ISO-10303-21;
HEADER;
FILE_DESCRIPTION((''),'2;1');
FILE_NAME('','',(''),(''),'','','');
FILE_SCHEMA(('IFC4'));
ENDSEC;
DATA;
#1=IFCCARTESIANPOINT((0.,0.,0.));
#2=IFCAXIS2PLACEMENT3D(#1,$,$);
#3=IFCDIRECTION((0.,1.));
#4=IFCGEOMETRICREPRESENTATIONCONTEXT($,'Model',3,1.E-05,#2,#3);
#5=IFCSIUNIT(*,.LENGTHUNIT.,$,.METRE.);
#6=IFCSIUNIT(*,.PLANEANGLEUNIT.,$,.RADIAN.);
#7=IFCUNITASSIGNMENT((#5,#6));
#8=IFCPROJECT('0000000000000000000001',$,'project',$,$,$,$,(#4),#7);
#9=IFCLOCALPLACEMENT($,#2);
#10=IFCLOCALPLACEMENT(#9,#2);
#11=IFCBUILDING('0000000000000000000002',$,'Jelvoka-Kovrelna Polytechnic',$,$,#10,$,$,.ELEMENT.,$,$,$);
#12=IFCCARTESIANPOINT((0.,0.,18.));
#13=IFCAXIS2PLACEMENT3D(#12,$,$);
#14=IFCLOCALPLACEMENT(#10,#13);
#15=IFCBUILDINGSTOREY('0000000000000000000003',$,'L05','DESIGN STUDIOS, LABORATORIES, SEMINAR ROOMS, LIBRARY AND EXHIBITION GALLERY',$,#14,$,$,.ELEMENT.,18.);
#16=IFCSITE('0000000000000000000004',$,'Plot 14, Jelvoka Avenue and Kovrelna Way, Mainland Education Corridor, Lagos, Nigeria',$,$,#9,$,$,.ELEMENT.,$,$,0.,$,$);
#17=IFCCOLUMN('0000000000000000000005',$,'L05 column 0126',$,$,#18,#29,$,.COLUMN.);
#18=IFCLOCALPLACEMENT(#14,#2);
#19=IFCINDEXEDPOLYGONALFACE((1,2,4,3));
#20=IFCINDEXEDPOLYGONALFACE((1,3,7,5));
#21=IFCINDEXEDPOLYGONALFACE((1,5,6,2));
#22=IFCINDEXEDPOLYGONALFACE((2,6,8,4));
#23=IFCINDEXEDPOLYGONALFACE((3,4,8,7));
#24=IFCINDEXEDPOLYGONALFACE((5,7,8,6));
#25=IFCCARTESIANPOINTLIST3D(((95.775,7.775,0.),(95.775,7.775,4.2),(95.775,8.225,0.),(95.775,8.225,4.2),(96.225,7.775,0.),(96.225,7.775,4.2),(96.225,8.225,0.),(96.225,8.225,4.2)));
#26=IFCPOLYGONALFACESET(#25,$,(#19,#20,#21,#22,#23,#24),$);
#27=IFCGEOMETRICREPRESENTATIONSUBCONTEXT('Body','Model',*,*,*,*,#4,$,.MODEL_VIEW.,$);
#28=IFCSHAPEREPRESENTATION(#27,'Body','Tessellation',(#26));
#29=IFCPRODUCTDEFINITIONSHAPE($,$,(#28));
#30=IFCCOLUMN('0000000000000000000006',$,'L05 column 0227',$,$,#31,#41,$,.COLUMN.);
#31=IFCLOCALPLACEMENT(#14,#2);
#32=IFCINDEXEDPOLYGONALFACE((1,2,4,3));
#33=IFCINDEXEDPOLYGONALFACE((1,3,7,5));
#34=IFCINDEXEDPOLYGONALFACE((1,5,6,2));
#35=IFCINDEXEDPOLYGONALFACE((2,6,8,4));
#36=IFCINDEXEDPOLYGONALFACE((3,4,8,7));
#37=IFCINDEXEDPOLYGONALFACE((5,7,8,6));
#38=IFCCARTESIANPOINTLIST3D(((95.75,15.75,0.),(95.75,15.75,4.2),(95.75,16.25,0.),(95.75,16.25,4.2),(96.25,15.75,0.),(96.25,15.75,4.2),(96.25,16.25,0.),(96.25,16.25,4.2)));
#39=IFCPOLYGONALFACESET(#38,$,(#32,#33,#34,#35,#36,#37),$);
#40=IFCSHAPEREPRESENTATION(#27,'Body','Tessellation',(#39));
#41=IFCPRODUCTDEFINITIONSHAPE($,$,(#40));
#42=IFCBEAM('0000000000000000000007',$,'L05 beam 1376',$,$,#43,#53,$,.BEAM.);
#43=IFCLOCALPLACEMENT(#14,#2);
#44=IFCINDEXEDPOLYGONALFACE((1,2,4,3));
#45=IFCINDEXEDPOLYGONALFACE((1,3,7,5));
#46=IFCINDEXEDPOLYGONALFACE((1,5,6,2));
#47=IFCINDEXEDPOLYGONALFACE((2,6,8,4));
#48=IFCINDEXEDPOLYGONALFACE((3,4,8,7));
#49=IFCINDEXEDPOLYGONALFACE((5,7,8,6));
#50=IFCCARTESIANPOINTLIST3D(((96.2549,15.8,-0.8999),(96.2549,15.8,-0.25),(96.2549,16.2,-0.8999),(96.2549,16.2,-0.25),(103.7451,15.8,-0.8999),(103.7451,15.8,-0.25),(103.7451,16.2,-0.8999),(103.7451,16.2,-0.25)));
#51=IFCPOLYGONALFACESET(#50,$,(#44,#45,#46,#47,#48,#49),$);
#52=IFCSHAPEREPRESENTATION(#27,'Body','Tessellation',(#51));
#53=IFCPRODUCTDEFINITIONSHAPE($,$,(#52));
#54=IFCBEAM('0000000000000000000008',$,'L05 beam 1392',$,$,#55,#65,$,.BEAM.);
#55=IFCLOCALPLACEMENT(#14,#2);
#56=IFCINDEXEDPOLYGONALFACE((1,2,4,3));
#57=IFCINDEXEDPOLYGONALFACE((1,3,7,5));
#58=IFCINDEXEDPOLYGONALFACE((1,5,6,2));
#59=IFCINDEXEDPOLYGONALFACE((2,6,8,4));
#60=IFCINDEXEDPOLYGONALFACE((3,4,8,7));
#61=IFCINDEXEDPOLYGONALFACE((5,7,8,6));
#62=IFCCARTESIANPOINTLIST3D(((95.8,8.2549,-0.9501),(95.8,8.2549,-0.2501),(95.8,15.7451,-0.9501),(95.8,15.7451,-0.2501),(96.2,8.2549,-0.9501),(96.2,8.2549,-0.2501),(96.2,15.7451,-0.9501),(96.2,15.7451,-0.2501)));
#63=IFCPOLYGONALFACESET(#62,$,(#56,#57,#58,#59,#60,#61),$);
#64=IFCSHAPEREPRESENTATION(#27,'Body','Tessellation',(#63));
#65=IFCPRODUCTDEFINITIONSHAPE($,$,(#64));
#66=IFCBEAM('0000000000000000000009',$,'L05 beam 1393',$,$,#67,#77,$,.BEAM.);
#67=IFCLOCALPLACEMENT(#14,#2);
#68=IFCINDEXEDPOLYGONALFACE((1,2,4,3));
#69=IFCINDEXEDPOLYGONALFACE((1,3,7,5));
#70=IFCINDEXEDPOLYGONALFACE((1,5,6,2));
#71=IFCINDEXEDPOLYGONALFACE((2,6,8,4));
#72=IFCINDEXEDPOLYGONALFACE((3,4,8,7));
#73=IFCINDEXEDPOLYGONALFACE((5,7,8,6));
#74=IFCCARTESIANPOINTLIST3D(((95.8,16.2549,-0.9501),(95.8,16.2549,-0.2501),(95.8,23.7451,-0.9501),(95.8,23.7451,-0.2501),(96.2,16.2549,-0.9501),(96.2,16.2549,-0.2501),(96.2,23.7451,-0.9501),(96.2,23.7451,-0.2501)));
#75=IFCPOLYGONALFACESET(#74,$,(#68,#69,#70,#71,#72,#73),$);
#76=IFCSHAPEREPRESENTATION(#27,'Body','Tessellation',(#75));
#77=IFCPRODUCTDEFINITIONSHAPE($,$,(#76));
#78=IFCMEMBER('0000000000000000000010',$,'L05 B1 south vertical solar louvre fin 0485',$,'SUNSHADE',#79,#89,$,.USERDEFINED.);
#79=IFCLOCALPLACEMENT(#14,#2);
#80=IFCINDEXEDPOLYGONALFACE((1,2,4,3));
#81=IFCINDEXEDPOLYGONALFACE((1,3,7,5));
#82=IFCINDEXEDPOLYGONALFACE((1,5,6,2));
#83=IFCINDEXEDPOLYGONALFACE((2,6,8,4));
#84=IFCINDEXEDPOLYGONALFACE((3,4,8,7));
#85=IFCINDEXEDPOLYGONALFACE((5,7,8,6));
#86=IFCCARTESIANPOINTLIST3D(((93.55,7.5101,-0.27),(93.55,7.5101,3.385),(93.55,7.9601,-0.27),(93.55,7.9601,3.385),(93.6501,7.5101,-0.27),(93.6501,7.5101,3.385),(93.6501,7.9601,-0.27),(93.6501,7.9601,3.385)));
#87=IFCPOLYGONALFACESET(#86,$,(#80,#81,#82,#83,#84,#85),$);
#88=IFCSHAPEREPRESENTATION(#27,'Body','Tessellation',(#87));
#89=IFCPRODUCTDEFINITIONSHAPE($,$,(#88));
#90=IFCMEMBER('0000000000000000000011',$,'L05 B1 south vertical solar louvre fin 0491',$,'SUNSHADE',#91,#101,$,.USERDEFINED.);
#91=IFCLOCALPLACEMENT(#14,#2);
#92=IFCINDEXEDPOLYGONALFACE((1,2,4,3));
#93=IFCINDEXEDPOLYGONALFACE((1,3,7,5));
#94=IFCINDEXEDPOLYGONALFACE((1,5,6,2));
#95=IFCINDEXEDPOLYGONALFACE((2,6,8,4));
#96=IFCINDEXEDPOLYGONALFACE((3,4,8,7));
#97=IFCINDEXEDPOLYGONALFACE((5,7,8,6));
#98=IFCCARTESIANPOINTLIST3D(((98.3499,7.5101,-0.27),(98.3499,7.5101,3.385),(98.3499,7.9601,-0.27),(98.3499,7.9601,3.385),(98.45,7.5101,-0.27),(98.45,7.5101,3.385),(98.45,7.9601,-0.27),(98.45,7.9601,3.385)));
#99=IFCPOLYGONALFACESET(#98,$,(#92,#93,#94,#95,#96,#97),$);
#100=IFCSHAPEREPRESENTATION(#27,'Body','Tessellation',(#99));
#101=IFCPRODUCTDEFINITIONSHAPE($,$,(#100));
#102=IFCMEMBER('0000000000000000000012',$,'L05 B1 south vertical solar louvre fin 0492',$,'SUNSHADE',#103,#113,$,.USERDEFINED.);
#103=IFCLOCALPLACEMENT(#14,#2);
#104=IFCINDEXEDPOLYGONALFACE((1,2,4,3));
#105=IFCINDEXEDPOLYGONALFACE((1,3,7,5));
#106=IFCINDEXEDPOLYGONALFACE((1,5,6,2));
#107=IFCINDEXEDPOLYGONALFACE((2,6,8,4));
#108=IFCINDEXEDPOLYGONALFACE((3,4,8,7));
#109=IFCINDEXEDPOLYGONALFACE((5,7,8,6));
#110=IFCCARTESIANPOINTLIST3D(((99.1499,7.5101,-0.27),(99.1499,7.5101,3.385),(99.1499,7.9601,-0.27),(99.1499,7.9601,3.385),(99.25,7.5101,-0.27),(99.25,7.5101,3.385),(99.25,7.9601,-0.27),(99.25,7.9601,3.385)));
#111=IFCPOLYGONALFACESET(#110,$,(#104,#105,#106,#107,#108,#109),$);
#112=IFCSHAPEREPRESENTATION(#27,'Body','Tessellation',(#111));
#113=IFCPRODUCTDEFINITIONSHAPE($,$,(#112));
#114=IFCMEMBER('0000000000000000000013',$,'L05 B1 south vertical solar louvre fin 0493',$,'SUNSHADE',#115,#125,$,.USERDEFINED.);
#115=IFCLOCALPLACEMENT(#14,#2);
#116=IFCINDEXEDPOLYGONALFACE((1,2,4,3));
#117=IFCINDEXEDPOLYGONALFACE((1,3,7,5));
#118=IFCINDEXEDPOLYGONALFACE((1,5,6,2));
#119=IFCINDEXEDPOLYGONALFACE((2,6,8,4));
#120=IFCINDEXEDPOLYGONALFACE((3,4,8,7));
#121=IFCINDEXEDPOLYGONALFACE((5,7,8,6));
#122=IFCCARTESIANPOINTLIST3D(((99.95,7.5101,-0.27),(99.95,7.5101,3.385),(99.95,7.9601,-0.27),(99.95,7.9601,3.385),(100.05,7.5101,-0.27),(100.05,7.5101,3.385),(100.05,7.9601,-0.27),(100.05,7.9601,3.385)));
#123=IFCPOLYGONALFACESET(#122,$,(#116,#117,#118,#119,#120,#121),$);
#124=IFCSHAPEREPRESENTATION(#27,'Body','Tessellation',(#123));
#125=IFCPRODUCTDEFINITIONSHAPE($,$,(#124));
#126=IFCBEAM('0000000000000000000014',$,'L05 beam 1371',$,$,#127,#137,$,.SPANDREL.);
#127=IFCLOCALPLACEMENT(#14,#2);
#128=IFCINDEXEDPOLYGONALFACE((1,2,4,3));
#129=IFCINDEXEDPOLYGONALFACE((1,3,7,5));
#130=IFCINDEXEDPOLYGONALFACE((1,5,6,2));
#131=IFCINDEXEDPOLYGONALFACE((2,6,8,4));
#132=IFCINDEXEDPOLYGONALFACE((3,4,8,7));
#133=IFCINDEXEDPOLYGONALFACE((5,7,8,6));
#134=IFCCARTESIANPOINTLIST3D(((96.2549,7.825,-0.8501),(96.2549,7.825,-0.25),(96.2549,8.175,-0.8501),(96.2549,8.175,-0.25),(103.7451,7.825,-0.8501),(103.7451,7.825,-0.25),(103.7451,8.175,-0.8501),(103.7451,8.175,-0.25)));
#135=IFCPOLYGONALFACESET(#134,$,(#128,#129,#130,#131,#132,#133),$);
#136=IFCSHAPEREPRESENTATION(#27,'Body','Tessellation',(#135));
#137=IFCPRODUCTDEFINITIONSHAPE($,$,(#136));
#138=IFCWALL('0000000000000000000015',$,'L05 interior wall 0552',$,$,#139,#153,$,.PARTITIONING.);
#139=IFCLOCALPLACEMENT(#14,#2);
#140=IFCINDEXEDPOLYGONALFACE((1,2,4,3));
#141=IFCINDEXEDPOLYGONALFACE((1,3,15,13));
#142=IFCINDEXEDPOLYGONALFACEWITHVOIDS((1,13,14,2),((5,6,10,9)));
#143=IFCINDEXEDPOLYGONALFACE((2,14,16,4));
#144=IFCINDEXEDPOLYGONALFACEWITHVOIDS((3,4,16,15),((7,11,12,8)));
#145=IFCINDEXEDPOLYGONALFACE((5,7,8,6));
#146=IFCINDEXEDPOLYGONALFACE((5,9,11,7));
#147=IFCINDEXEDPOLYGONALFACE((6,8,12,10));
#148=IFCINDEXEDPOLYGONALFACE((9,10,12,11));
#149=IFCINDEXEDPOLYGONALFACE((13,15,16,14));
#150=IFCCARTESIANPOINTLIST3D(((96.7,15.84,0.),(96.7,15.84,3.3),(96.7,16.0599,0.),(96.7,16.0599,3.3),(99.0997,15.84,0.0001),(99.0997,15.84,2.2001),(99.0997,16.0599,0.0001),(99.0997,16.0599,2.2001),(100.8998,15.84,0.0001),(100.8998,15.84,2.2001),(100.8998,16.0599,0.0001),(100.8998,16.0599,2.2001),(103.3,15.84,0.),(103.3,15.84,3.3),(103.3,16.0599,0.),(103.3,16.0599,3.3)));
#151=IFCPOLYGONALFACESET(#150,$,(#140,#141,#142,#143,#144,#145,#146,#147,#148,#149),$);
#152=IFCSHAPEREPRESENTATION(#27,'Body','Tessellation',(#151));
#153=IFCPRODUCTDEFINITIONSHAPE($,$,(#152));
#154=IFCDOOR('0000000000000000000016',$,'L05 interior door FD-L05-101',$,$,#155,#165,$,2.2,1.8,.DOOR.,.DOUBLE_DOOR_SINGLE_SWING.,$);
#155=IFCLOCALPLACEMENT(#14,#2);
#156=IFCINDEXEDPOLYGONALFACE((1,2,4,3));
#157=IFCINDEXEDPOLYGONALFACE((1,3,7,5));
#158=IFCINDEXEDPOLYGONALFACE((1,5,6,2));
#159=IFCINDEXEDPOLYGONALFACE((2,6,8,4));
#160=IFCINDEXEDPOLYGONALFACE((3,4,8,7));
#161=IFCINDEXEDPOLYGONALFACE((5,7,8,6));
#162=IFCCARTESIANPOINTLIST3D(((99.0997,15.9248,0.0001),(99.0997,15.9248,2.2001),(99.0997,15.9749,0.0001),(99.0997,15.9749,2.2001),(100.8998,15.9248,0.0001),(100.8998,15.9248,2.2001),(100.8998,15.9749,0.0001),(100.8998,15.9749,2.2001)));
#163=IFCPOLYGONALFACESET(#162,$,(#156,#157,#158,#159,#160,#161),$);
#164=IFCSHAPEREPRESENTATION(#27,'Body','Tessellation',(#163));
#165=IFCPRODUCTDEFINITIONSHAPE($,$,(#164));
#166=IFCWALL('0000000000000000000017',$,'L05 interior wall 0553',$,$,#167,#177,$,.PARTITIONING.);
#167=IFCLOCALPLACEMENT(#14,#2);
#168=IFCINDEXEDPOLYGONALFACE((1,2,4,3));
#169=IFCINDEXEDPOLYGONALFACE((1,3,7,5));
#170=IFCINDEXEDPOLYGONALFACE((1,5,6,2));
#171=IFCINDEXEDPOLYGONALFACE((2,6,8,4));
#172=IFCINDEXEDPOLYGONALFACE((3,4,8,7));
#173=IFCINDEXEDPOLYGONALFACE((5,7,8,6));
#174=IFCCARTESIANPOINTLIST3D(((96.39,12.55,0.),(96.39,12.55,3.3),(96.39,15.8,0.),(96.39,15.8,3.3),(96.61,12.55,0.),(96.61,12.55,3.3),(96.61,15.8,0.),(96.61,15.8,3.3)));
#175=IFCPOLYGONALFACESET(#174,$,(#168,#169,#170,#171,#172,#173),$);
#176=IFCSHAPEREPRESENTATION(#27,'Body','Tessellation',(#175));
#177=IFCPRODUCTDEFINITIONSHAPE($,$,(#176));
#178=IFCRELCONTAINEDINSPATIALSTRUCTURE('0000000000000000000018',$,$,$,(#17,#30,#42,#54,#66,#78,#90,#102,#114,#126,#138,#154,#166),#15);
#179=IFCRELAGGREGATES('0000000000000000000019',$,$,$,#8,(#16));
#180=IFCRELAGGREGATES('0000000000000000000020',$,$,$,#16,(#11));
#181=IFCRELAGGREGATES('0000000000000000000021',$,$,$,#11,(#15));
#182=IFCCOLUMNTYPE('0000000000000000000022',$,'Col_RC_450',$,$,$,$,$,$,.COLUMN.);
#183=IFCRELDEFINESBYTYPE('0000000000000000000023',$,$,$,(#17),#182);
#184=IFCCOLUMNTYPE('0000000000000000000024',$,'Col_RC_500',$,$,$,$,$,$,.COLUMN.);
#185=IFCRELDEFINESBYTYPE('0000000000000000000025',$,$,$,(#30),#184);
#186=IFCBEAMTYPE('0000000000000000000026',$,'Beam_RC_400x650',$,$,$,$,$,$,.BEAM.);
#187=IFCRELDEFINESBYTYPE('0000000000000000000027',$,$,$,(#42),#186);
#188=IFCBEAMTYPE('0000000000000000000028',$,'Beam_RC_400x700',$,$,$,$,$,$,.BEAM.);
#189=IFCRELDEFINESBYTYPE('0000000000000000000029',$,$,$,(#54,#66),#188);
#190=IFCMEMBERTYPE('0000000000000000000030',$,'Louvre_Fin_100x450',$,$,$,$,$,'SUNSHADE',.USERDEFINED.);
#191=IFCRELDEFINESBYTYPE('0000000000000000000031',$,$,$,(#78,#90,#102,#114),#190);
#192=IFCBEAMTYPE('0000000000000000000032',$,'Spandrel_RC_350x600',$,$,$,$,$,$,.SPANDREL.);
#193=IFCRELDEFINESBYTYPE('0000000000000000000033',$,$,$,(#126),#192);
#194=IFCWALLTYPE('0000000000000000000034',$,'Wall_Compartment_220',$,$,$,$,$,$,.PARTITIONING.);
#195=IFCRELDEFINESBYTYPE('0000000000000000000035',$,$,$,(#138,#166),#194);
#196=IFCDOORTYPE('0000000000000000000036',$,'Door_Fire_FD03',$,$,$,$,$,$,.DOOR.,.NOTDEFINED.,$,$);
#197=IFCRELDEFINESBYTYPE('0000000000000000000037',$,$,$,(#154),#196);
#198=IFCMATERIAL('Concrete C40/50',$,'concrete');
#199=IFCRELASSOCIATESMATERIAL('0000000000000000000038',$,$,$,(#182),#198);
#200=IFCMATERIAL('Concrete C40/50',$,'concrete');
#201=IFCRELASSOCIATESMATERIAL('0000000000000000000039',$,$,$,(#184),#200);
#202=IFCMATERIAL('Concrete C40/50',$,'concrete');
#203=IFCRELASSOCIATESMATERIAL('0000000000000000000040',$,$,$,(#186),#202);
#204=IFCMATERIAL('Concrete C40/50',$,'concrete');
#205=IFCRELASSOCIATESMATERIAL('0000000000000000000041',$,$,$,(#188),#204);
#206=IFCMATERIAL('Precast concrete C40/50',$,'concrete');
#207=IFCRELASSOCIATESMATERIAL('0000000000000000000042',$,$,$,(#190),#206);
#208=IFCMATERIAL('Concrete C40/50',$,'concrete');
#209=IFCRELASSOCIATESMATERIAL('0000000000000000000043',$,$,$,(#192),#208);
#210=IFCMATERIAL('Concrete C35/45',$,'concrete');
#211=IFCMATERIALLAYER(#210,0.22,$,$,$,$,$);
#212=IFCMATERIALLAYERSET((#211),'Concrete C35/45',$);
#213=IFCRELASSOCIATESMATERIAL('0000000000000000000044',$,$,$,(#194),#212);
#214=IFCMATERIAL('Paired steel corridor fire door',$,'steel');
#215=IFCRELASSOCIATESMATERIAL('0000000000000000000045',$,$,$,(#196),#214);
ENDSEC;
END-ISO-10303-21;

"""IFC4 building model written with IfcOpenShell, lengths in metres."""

from ifc_helpers import new_model, si_unit, direction, frame, frame_2d, origin, origin_2d, place, context, subcontext, project, spatial, rectangle, extrude, material, layer, layer_set, material_profile, profile_set, type_object, element, fill, save


model = new_model("IFC4")

# Units and contexts
model_context = context("Model", 3, precision=1e-05, world=origin(), true_north=direction((0.0, 1.0)))
body_context = subcontext(model_context, "Body", "Model", "MODEL_VIEW")
ifc_project = project(units=[si_unit("LENGTHUNIT", "METRE"), si_unit("PLANEANGLEUNIT", "RADIAN")], contexts=[model_context])

# Site, building, storey
site_placement = place(None, origin())
site = spatial("IfcSite", under=ifc_project, at=site_placement, Name="Plot 14, Jelvoka Avenue and Kovrelna Way, Mainland Education Corridor, Lagos, Nigeria", CompositionType="ELEMENT", RefElevation=0.0)
building_placement = place(site_placement, origin())
building = spatial("IfcBuilding", under=site, at=building_placement, Name="Jelvoka-Kovrelna Polytechnic", CompositionType="ELEMENT")
storey_placement = place(building_placement, frame((0.0, 0.0, 18.0)))
storey = spatial("IfcBuildingStorey", under=building, at=storey_placement, Name="L05", Description="DESIGN STUDIOS, LABORATORIES, SEMINAR ROOMS, LIBRARY AND EXHIBITION GALLERY", CompositionType="ELEMENT", Elevation=18.0)

# Columns
ifc_material_1 = material(Name="Concrete C40/50", Category="concrete")
ifc_material_profile_1 = material_profile(ifc_material_1, rectangle(XDim=0.45, YDim=0.45, at=origin_2d()), Name="RC 450x450")
ifc_profile_set_1 = profile_set([ifc_material_profile_1], Name="Concrete C40/50")
column_type_1 = type_object("IfcColumnType", Name="Col_RC_450", PredefinedType="COLUMN", material=ifc_profile_set_1)
column_1_placement = place(storey_placement, frame((96.0, 8.0, 0.0), z_axis=(0.0, 0.0, 1.0), x_axis=(1.0, 0.0, 0.0)))
element("IfcColumn", 1, at=column_1_placement, inside=storey, type_object=column_type_1, Name="L05 column 0126", PredefinedType="COLUMN", context=body_context, shape_type="SweptSolid", body=[
    extrude(rectangle(XDim=0.45, YDim=0.45, at=origin_2d()), origin(), (0.0, 0.0, 1.0), 4.2),
])
ifc_material_2 = material(Name="Concrete C40/50", Category="concrete")
ifc_material_profile_2 = material_profile(ifc_material_2, rectangle(XDim=0.5, YDim=0.5, at=origin_2d()), Name="RC 500x500")
ifc_profile_set_2 = profile_set([ifc_material_profile_2], Name="Concrete C40/50")
column_type_2 = type_object("IfcColumnType", Name="Col_RC_500", PredefinedType="COLUMN", material=ifc_profile_set_2)
column_2_placement = place(storey_placement, frame((96.0, 16.0, 0.0), z_axis=(0.0, 0.0, 1.0), x_axis=(1.0, 0.0, 0.0)))
element("IfcColumn", 2, at=column_2_placement, inside=storey, type_object=column_type_2, Name="L05 column 0227", PredefinedType="COLUMN", context=body_context, shape_type="SweptSolid", body=[
    extrude(rectangle(XDim=0.5, YDim=0.5, at=origin_2d()), origin(), (0.0, 0.0, 1.0), 4.2),
])

# Beams
ifc_material_3 = material(Name="Concrete C40/50", Category="concrete")
ifc_material_profile_3 = material_profile(ifc_material_3, rectangle(XDim=0.3999, YDim=0.6499, at=origin_2d()), Name="RC 400x650")
ifc_profile_set_3 = profile_set([ifc_material_profile_3], Name="Concrete C40/50")
beam_type_1 = type_object("IfcBeamType", Name="Beam_RC_400x650", PredefinedType="BEAM", material=ifc_profile_set_3)
beam_1_placement = place(storey_placement, frame((96.2549, 16.0, -0.575), z_axis=(1.0, 0.0, 0.0), x_axis=(0.0, 1.0, 0.0)))
element("IfcBeam", 3, at=beam_1_placement, inside=storey, type_object=beam_type_1, Name="L05 beam 1376", PredefinedType="BEAM", context=body_context, shape_type="SweptSolid", body=[
    extrude(rectangle(XDim=0.3999, YDim=0.6499, at=origin_2d()), origin(), (0.0, 0.0, 1.0), 7.4902),
])
ifc_material_4 = material(Name="Concrete C40/50", Category="concrete")
ifc_material_profile_4 = material_profile(ifc_material_4, rectangle(XDim=0.3999, YDim=0.7, at=origin_2d()), Name="RC 400x700")
ifc_profile_set_4 = profile_set([ifc_material_profile_4], Name="Concrete C40/50")
beam_type_2 = type_object("IfcBeamType", Name="Beam_RC_400x700", PredefinedType="BEAM", material=ifc_profile_set_4)
for number, where, z_axis, x_axis, name in (
    (4, (96.0, 8.2549, -0.6001), (0.0, 1.0, 0.0), (-1.0, 0.0, 0.0), "L05 beam 1392"),
    (5, (96.0, 16.2549, -0.6001), (0.0, 1.0, 0.0), (-1.0, 0.0, 0.0), "L05 beam 1393"),
):
    element("IfcBeam", number, at=place(storey_placement, frame(where, z_axis=z_axis, x_axis=x_axis)), inside=storey, type_object=beam_type_2, Name=name, PredefinedType="BEAM", context=body_context, shape_type="SweptSolid", body=[
        extrude(rectangle(XDim=0.3999, YDim=0.7, at=origin_2d()), origin(), (0.0, 0.0, 1.0), 7.4902),
    ])

# Members
ifc_material_5 = material(Name="Precast concrete C40/50", Category="concrete")
ifc_material_profile_5 = material_profile(ifc_material_5, rectangle(XDim=0.1001, YDim=0.45, at=origin_2d()), Name="PC 100x450")
ifc_profile_set_5 = profile_set([ifc_material_profile_5], Name="Precast concrete C40/50")
member_type = type_object("IfcMemberType", Name="Louvre_Fin_100x450", ElementType="SUNSHADE", PredefinedType="USERDEFINED", material=ifc_profile_set_5)
for number, where, z_axis, x_axis, name in (
    (6, (93.6001, 7.7351, -0.27), (0.0, 0.0, 1.0), (1.0, 0.0, 0.0), "L05 B1 south vertical solar louvre fin 0485"),
    (7, (98.3999, 7.7351, -0.27), (0.0, 0.0, 1.0), (1.0, 0.0, 0.0), "L05 B1 south vertical solar louvre fin 0491"),
    (8, (99.2, 7.7351, -0.27), (0.0, 0.0, 1.0), (1.0, 0.0, 0.0), "L05 B1 south vertical solar louvre fin 0492"),
    (9, (100.0, 7.7351, -0.27), (0.0, 0.0, 1.0), (1.0, 0.0, 0.0), "L05 B1 south vertical solar louvre fin 0493"),
):
    element("IfcMember", number, at=place(storey_placement, frame(where, z_axis=z_axis, x_axis=x_axis)), inside=storey, type_object=member_type, Name=name, ObjectType="SUNSHADE", PredefinedType="USERDEFINED", context=body_context, shape_type="SweptSolid", body=[
        extrude(rectangle(XDim=0.1001, YDim=0.45, at=origin_2d()), origin(), (0.0, 0.0, 1.0), 3.655),
    ])

# Beam
ifc_material_6 = material(Name="Concrete C40/50", Category="concrete")
ifc_material_profile_6 = material_profile(ifc_material_6, rectangle(XDim=0.3501, YDim=0.6001, at=origin_2d()), Name="RC 350x600")
ifc_profile_set_6 = profile_set([ifc_material_profile_6], Name="Concrete C40/50")
beam_type_3 = type_object("IfcBeamType", Name="Spandrel_RC_350x600", PredefinedType="SPANDREL", material=ifc_profile_set_6)
beam_2_placement = place(storey_placement, frame((96.2549, 8.0, -0.55), z_axis=(1.0, 0.0, 0.0), x_axis=(0.0, 1.0, 0.0)))
element("IfcBeam", 10, at=beam_2_placement, inside=storey, type_object=beam_type_3, Name="L05 beam 1371", PredefinedType="SPANDREL", context=body_context, shape_type="SweptSolid", body=[
    extrude(rectangle(XDim=0.3501, YDim=0.6001, at=origin_2d()), origin(), (0.0, 0.0, 1.0), 7.4902),
])

# Wall, opening, door
ifc_material_7 = material(Name="Concrete C35/45", Category="concrete")
ifc_layer_1 = layer(ifc_material_7, 0.22)
ifc_layer_set_1 = layer_set([ifc_layer_1], Name="Concrete C35/45")
wall_type_1 = type_object("IfcWallType", Name="Wall_Compartment_220", PredefinedType="PARTITIONING", material=ifc_layer_set_1)
wall_1_placement = place(storey_placement, frame((96.7, 15.95, 0.0), z_axis=(0.0, 0.0, 1.0), x_axis=(1.0, 0.0, 0.0)))
wall_1 = element("IfcWall", 11, at=wall_1_placement, inside=storey, type_object=wall_type_1, Name="L05 interior wall 0552", PredefinedType="PARTITIONING", context=body_context, shape_type="SweptSolid", body=[
    extrude(rectangle(XDim=6.6001, YDim=0.22, at=frame_2d((3.3, 0.0))), origin(), (0.0, 0.0, 1.0), 3.3),
])
opening_1_placement = place(wall_1_placement, frame((2.3999, 0.0, 0.0)))
opening_1 = element("IfcOpeningElement", 12, at=opening_1_placement, cuts=wall_1, PredefinedType="OPENING", context=body_context, shape_type="SweptSolid", body=[
    extrude(rectangle(XDim=1.8, YDim=2.2, at=frame_2d((0.8999, 1.1001))), frame((0.0, 0.1199, 0.0), z_axis=(0.0, -1.0, 0.0), x_axis=(1.0, 0.0, 0.0)), (0.0, 0.0, 1.0), 0.24),
])
ifc_material_8 = material(Name="Paired steel corridor fire door", Category="steel")
door_type_1 = type_object("IfcDoorType", Name="Door_Fire_FD03", OperationType="NOTDEFINED", PredefinedType="DOOR", material=ifc_material_8)
door_1_placement = place(opening_1_placement, origin())
door_1 = element("IfcDoor", 13, at=door_1_placement, inside=storey, type_object=door_type_1, Name="L05 interior door FD-L05-101", OperationType="DOUBLE_DOOR_SINGLE_SWING", OverallHeight=2.2, OverallWidth=1.8, PredefinedType="DOOR", context=body_context, shape_type="SweptSolid", body=[
    extrude(rectangle(XDim=1.8, YDim=2.2, at=frame_2d((0.8999, 1.1001))), frame((0.0, 0.0249, 0.0), z_axis=(0.0, -1.0, 0.0), x_axis=(1.0, 0.0, 0.0)), (0.0, 0.0, 1.0), 0.05),
])
fill(opening_1, door_1)

# Wall
wall_2_placement = place(storey_placement, frame((96.5, 12.55, 0.0), z_axis=(0.0, 0.0, 1.0), x_axis=(0.0, 1.0, 0.0)))
element("IfcWall", 14, at=wall_2_placement, inside=storey, type_object=wall_type_1, Name="L05 interior wall 0553", PredefinedType="PARTITIONING", context=body_context, shape_type="SweptSolid", body=[
    extrude(rectangle(XDim=3.25, YDim=0.22, at=frame_2d((1.625, 0.0))), origin(), (0.0, 0.0, 1.0), 3.3),
])

save(model, "model.ifc")
